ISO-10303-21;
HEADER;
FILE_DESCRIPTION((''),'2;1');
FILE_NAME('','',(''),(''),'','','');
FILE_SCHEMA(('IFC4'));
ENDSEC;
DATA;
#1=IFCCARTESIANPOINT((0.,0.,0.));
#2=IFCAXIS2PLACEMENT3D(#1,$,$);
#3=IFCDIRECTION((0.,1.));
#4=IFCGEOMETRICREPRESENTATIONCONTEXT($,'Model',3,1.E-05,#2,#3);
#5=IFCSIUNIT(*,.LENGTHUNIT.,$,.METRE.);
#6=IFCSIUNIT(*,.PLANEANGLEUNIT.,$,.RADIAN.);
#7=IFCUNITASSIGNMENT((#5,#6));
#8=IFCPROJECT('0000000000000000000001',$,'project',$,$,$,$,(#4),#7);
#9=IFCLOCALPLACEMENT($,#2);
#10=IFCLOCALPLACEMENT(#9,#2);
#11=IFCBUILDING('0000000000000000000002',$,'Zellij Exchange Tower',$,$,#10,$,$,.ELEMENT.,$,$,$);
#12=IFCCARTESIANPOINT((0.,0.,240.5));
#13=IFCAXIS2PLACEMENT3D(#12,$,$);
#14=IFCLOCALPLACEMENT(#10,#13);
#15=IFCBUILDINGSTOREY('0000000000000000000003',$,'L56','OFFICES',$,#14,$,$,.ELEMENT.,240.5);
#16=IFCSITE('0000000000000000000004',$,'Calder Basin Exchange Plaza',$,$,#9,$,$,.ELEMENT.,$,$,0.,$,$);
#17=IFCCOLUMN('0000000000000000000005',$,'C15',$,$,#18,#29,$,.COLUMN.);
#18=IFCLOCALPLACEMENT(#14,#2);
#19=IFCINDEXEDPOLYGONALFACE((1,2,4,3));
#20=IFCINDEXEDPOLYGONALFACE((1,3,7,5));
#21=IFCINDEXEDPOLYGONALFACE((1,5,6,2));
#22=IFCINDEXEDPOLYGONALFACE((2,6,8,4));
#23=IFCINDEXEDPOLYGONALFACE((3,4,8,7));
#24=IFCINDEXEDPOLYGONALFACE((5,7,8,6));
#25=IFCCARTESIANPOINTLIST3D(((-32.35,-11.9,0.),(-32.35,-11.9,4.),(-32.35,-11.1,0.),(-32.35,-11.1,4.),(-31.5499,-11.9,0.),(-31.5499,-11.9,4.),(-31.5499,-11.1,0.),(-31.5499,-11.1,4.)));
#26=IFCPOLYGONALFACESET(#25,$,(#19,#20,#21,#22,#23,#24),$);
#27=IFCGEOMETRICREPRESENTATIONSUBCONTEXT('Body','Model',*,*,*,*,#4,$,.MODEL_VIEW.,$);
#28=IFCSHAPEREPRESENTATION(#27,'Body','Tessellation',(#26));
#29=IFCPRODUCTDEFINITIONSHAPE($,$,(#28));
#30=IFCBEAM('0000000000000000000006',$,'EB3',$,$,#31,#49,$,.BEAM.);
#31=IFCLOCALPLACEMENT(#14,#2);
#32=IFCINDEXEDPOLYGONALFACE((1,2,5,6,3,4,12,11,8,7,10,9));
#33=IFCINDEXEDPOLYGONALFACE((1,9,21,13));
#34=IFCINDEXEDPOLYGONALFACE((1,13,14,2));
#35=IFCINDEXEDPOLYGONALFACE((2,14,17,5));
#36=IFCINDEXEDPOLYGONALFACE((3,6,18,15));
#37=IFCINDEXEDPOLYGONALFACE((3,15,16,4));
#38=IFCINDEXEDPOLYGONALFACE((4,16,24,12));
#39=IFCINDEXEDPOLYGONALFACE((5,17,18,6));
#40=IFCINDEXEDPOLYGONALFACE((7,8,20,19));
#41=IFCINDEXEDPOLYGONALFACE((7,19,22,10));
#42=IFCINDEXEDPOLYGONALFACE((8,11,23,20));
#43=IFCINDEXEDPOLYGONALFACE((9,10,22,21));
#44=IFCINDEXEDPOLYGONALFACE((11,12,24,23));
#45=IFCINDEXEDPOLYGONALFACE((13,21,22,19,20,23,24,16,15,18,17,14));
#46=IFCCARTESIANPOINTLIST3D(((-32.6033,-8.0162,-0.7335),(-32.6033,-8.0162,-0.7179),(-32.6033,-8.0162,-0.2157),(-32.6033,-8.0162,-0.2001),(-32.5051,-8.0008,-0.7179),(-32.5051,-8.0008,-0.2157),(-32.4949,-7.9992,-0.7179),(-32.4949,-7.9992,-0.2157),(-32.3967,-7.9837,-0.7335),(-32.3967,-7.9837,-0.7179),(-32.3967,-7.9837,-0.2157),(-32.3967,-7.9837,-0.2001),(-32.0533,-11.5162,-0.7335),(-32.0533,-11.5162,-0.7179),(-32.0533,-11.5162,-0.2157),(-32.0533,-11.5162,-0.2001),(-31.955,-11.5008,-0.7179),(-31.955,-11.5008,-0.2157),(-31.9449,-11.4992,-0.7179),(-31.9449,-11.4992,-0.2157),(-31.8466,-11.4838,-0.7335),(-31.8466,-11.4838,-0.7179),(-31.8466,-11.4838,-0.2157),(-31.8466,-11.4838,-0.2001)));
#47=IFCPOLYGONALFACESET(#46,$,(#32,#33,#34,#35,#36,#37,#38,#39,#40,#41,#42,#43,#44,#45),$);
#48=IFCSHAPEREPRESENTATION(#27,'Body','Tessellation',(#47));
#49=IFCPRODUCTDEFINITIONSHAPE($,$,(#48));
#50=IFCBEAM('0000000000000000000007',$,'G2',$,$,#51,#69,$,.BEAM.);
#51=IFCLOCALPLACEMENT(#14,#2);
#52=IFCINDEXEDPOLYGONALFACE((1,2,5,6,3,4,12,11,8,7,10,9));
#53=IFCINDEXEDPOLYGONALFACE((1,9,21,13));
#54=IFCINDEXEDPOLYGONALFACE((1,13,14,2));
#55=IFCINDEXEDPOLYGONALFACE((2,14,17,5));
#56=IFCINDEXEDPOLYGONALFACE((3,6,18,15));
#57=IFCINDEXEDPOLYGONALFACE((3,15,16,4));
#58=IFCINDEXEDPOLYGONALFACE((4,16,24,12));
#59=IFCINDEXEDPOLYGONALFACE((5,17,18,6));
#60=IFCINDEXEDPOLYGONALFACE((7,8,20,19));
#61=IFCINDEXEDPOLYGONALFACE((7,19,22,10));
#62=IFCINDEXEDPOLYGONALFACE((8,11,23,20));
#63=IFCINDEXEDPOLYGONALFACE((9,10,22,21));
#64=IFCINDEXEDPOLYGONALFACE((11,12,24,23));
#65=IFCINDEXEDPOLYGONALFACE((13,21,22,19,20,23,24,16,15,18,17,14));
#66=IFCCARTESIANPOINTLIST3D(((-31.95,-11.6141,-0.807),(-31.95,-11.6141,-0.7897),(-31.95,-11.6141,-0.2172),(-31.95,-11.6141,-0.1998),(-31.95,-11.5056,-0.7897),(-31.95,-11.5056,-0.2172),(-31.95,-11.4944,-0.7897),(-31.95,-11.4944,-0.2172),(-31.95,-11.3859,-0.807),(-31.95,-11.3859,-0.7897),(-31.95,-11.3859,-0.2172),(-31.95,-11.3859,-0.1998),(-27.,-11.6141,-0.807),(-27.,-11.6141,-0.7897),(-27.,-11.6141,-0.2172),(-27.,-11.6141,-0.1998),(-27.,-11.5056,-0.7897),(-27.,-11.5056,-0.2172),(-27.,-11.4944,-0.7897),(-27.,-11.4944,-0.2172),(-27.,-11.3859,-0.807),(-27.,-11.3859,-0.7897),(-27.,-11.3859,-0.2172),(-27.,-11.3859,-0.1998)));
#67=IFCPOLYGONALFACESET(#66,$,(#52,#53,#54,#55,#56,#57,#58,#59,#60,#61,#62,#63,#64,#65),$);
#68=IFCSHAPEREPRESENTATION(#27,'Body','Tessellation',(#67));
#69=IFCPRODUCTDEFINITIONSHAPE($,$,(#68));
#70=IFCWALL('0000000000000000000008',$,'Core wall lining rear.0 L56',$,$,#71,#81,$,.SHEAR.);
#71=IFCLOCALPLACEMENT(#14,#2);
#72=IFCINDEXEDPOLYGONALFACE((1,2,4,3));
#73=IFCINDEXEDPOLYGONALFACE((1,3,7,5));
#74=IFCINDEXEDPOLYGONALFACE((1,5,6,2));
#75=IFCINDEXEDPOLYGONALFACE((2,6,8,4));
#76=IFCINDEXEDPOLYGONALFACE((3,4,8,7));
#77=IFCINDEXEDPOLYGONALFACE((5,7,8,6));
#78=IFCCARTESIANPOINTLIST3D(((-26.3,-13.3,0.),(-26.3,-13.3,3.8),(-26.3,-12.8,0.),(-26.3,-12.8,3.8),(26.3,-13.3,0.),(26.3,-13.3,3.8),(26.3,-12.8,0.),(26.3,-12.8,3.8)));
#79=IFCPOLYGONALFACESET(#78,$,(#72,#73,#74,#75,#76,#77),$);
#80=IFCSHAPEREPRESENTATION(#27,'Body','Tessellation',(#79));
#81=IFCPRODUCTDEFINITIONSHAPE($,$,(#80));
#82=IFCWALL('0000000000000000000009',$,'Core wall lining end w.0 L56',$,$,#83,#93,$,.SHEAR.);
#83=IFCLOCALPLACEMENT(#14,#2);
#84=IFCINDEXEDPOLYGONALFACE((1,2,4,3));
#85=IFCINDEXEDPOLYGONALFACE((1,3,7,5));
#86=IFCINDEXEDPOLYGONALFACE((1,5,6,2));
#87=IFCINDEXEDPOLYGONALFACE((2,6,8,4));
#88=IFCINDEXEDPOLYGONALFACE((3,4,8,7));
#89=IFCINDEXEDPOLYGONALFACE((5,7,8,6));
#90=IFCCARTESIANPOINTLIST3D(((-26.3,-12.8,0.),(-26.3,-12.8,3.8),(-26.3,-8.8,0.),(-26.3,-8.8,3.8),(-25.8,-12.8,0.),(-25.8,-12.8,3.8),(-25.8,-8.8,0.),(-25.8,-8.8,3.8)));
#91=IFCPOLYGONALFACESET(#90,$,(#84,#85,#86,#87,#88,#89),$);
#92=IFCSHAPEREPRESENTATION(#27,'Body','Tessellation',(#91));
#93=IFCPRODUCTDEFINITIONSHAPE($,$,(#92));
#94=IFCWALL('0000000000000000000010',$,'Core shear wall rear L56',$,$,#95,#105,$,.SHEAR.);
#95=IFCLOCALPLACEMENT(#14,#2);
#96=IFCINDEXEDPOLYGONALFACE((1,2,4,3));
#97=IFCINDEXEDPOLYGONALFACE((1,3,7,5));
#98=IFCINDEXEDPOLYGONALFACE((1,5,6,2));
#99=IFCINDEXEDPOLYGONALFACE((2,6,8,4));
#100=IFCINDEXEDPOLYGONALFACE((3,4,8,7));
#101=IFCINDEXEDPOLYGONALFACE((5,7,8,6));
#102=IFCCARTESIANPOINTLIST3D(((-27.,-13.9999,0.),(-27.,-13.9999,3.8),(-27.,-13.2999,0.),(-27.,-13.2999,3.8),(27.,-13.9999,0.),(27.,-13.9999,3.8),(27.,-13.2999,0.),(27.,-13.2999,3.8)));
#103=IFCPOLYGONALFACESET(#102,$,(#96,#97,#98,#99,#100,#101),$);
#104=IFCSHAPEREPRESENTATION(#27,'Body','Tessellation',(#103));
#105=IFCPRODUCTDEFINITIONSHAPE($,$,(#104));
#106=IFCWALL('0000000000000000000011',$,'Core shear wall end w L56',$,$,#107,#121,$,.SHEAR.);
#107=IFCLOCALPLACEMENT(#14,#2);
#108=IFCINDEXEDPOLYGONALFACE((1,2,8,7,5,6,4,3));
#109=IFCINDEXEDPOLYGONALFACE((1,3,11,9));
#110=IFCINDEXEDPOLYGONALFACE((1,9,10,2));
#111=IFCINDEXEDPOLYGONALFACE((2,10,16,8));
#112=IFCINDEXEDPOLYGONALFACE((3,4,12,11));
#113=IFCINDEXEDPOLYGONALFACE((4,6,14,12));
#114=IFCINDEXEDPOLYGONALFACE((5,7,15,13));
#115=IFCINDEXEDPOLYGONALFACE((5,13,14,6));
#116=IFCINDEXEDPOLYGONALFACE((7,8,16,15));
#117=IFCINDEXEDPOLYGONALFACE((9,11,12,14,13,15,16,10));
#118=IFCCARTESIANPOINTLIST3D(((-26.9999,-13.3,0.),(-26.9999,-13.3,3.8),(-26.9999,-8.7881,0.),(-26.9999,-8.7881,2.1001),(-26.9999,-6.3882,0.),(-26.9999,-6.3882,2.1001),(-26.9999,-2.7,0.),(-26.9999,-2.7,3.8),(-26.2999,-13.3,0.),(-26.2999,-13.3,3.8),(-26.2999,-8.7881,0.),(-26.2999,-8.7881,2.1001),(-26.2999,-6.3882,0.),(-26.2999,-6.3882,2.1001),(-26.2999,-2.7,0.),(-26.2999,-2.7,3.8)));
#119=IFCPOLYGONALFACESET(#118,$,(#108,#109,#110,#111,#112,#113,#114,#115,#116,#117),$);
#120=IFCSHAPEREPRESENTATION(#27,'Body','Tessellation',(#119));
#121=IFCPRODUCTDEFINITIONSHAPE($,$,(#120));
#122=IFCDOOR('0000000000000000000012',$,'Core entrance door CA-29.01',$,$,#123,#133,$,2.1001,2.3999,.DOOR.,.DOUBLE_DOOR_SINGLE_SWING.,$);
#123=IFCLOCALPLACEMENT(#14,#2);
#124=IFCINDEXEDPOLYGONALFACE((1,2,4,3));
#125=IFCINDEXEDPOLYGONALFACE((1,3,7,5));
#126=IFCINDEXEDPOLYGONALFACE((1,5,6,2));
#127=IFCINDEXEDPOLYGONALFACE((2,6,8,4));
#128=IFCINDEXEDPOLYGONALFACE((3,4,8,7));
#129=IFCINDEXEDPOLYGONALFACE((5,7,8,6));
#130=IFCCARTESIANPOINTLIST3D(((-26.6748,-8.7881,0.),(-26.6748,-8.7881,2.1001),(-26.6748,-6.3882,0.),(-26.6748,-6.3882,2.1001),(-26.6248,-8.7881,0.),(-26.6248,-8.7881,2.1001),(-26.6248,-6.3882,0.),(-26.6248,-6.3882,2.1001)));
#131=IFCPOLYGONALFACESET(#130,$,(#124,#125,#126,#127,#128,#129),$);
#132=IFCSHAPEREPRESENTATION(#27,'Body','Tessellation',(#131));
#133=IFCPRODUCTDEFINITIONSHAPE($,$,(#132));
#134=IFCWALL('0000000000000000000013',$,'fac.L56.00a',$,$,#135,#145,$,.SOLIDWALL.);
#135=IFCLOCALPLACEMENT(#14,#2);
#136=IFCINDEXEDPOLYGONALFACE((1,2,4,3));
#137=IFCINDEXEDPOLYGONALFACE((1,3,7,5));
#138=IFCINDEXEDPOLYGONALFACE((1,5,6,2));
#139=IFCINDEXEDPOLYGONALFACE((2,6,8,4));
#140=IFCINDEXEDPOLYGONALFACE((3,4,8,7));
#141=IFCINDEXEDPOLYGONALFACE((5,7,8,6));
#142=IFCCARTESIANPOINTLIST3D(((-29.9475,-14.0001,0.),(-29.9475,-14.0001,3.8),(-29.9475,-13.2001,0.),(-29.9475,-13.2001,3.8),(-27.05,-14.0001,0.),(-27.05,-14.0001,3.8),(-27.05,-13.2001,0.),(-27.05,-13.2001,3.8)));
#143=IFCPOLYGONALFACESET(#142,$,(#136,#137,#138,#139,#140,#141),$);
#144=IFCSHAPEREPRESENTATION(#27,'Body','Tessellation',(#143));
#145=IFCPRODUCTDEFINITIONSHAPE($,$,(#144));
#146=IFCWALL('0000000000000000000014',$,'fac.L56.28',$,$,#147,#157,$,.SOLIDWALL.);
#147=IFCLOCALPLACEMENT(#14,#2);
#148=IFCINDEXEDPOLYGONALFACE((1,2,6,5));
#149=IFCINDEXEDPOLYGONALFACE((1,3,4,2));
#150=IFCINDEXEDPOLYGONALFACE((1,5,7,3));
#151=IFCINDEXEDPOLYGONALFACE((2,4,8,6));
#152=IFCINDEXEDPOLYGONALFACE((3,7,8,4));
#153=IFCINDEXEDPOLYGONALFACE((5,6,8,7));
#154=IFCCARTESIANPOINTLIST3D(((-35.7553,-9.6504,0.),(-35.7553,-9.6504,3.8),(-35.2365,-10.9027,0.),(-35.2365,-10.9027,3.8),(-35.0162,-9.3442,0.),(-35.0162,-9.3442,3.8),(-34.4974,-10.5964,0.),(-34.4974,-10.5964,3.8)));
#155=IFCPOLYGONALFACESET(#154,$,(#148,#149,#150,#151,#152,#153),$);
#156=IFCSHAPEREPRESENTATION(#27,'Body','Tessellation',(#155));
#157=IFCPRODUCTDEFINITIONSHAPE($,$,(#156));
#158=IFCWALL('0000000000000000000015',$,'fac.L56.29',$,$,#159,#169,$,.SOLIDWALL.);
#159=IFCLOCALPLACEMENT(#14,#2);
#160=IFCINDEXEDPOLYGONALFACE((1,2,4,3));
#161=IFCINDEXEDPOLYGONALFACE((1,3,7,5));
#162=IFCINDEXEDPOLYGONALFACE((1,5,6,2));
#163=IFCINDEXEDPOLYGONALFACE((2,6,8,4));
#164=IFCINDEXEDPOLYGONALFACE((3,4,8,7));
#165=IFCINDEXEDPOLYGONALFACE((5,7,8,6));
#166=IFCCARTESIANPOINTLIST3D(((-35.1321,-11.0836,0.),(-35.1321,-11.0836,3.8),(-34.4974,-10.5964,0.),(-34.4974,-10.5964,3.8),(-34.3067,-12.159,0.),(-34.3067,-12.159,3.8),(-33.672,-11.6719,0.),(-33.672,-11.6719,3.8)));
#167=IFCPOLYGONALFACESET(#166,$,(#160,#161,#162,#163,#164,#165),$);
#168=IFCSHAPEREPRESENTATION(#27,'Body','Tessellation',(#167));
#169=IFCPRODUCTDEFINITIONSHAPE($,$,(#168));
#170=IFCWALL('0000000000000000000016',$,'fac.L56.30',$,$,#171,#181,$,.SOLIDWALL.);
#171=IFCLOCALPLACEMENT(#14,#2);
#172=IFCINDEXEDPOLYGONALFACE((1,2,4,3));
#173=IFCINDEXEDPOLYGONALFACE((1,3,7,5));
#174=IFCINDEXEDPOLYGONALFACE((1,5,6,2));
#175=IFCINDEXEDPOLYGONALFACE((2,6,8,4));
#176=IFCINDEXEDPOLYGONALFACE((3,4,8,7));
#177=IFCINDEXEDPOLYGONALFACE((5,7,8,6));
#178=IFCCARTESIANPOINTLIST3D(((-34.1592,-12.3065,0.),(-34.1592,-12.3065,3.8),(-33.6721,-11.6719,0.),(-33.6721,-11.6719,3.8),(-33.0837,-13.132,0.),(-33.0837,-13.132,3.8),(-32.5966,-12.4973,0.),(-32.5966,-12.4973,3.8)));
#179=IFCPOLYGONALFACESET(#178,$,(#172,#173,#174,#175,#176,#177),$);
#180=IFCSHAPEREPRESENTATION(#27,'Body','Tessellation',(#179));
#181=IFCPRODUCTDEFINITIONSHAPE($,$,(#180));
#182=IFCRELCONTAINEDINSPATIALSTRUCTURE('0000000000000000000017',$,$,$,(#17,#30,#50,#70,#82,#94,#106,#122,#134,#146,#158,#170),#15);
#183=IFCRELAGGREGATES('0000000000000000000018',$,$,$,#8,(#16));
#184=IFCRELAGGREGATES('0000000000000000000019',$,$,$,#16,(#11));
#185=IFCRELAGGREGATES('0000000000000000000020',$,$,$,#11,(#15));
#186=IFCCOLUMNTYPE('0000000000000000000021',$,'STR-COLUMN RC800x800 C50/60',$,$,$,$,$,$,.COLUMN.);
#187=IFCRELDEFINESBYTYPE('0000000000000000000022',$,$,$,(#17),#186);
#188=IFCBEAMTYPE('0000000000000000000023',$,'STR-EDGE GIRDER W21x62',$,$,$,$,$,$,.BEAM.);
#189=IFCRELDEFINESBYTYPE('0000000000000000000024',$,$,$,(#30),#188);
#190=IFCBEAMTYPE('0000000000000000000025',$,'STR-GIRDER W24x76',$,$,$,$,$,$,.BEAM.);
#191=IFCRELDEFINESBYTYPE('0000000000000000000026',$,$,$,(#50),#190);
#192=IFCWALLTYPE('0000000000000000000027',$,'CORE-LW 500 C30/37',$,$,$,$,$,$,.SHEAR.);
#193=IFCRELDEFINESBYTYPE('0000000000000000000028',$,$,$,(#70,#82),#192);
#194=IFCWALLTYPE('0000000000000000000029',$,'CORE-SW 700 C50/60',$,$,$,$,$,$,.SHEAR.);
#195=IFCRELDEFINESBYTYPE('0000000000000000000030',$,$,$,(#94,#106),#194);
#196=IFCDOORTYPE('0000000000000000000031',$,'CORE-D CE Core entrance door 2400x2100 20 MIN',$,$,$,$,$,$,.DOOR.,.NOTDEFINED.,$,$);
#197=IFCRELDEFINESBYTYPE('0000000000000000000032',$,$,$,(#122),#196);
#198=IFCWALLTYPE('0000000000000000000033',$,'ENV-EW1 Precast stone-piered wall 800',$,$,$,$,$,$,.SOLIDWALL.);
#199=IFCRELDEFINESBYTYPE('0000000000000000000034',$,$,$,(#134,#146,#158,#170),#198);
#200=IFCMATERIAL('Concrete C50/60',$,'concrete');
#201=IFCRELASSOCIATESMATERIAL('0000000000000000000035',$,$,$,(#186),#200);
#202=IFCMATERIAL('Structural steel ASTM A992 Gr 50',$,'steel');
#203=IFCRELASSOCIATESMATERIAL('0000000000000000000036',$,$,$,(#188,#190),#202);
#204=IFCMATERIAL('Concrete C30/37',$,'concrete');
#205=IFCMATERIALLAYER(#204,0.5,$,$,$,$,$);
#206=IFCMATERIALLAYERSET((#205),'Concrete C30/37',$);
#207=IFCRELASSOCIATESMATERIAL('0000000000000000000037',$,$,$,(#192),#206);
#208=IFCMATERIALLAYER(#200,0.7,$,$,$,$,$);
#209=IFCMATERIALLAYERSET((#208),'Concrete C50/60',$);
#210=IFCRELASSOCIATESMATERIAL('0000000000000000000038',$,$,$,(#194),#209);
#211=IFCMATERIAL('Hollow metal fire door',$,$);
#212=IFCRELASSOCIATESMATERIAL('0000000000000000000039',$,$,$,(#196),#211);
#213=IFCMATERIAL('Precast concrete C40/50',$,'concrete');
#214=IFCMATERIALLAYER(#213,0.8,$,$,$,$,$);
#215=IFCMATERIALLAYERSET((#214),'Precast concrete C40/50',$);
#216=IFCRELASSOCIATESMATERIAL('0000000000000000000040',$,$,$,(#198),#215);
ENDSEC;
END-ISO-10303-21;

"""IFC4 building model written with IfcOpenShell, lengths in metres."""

from ifc_helpers import new_model, si_unit, direction, frame, frame_2d, origin, origin_2d, place, context, subcontext, project, spatial, rectangle, i_section, extrude, material, layer, layer_set, material_profile, profile_set, type_object, element, fill, save


model = new_model("IFC4")

# Units and contexts
model_context = context("Model", 3, precision=1e-05, world=origin(), true_north=direction((0.0, 1.0)))
body_context = subcontext(model_context, "Body", "Model", "MODEL_VIEW")
ifc_project = project(units=[si_unit("LENGTHUNIT", "METRE"), si_unit("PLANEANGLEUNIT", "RADIAN")], contexts=[model_context])

# Site, building, storey
site_placement = place(None, origin())
site = spatial("IfcSite", under=ifc_project, at=site_placement, Name="Calder Basin Exchange Plaza", CompositionType="ELEMENT", RefElevation=0.0)
building_placement = place(site_placement, origin())
building = spatial("IfcBuilding", under=site, at=building_placement, Name="Zellij Exchange Tower", CompositionType="ELEMENT")
storey_placement = place(building_placement, frame((0.0, 0.0, 240.5)))
storey = spatial("IfcBuildingStorey", under=building, at=storey_placement, Name="L56", Description="OFFICES", CompositionType="ELEMENT", Elevation=240.5)

# Column
ifc_material_1 = material(Name="Concrete C50/60", Category="concrete")
ifc_material_profile_1 = material_profile(ifc_material_1, rectangle(XDim=0.8, YDim=0.8, at=origin_2d()), Name="STR-COLUMN RC800x800 C50/60")
ifc_profile_set_1 = profile_set([ifc_material_profile_1], Name="Concrete C50/60")
column_type = type_object("IfcColumnType", Name="STR-COLUMN RC800x800 C50/60", PredefinedType="COLUMN", material=ifc_profile_set_1)
column_placement = place(storey_placement, frame((-31.95, -11.5, 0.0), z_axis=(0.0, 0.0, 1.0), x_axis=(1.0, 0.0, 0.0)))
element("IfcColumn", 1, at=column_placement, inside=storey, type_object=column_type, Name="C15", PredefinedType="COLUMN", context=body_context, shape_type="SweptSolid", body=[
    extrude(rectangle(XDim=0.8, YDim=0.8, at=origin_2d()), origin(), (0.0, 0.0, 1.0), 4.0),
])

# Beams
ifc_material_2 = material(Name="Structural steel ASTM A992 Gr 50", Category="steel")
ifc_material_profile_2 = material_profile(ifc_material_2, i_section(OverallWidth=0.2092, OverallDepth=0.5334, WebThickness=0.0103, FlangeThickness=0.0156, at=origin_2d()), Name="W21x62")
ifc_profile_set_2 = profile_set([ifc_material_profile_2], Name="Structural steel ASTM A992 Gr 50")
beam_type_1 = type_object("IfcBeamType", Name="STR-EDGE GIRDER W21x62", PredefinedType="BEAM", material=ifc_profile_set_2)
beam_1_placement = place(storey_placement, frame((-31.95, -11.5, -0.4668), z_axis=(-0.155251, 0.987875, 0.0), x_axis=(-0.987875, -0.155251, 0.0)))
element("IfcBeam", 2, at=beam_1_placement, inside=storey, type_object=beam_type_1, Name="EB3", PredefinedType="BEAM", context=body_context, shape_type="SweptSolid", body=[
    extrude(i_section(OverallWidth=0.2092, OverallDepth=0.5334, WebThickness=0.0103, FlangeThickness=0.0156, at=origin_2d()), origin(), (0.0, 0.0, 1.0), 3.543),
])
ifc_material_profile_3 = material_profile(ifc_material_2, i_section(OverallWidth=0.2283, OverallDepth=0.6072, WebThickness=0.0112, FlangeThickness=0.0173, at=origin_2d()), Name="W24x76")
ifc_profile_set_3 = profile_set([ifc_material_profile_3], Name="Structural steel ASTM A992 Gr 50")
beam_type_2 = type_object("IfcBeamType", Name="STR-GIRDER W24x76", PredefinedType="BEAM", material=ifc_profile_set_3)
beam_2_placement = place(storey_placement, frame((-31.95, -11.5, -0.5034), z_axis=(1.0, 0.0, 0.0), x_axis=(0.0, 1.0, 0.0)))
element("IfcBeam", 3, at=beam_2_placement, inside=storey, type_object=beam_type_2, Name="G2", PredefinedType="BEAM", context=body_context, shape_type="SweptSolid", body=[
    extrude(i_section(OverallWidth=0.2283, OverallDepth=0.6072, WebThickness=0.0112, FlangeThickness=0.0173, at=origin_2d()), origin(), (0.0, 0.0, 1.0), 4.95),
])

# Walls
ifc_material_3 = material(Name="Concrete C30/37", Category="concrete")
ifc_layer_1 = layer(ifc_material_3, 0.5)
ifc_layer_set_1 = layer_set([ifc_layer_1], Name="Concrete C30/37")
wall_type_1 = type_object("IfcWallType", Name="CORE-LW 500 C30/37", PredefinedType="SHEAR", material=ifc_layer_set_1)
wall_1_placement = place(storey_placement, frame((-26.3, -13.05, 0.0), z_axis=(0.0, 0.0, 1.0), x_axis=(1.0, 0.0, 0.0)))
element("IfcWall", 4, at=wall_1_placement, inside=storey, type_object=wall_type_1, Name="Core wall lining rear.0 L56", PredefinedType="SHEAR", context=body_context, shape_type="SweptSolid", body=[
    extrude(rectangle(XDim=52.6001, YDim=0.5, at=frame_2d((26.3, 0.0))), origin(), (0.0, 0.0, 1.0), 3.8),
])
wall_2_placement = place(storey_placement, frame((-26.05, -12.8, 0.0), z_axis=(0.0, 0.0, 1.0), x_axis=(0.0, 1.0, 0.0)))
element("IfcWall", 5, at=wall_2_placement, inside=storey, type_object=wall_type_1, Name="Core wall lining end w.0 L56", PredefinedType="SHEAR", context=body_context, shape_type="SweptSolid", body=[
    extrude(rectangle(XDim=4.0, YDim=0.5, at=frame_2d((2.0, 0.0))), origin(), (0.0, 0.0, 1.0), 3.8),
])
ifc_layer_2 = layer(ifc_material_1, 0.7)
ifc_layer_set_2 = layer_set([ifc_layer_2], Name="Concrete C50/60")
wall_type_2 = type_object("IfcWallType", Name="CORE-SW 700 C50/60", PredefinedType="SHEAR", material=ifc_layer_set_2)
wall_3_placement = place(storey_placement, frame((-27.0, -13.6499, 0.0), z_axis=(0.0, 0.0, 1.0), x_axis=(1.0, 0.0, 0.0)))
element("IfcWall", 6, at=wall_3_placement, inside=storey, type_object=wall_type_2, Name="Core shear wall rear L56", PredefinedType="SHEAR", context=body_context, shape_type="SweptSolid", body=[
    extrude(rectangle(XDim=54.0, YDim=0.7, at=frame_2d((27.0, 0.0))), origin(), (0.0, 0.0, 1.0), 3.8),
])

# Wall, opening, door
wall_4_placement = place(storey_placement, frame((-26.6499, -13.3, 0.0), z_axis=(0.0, 0.0, 1.0), x_axis=(0.0, 1.0, 0.0)))
wall_4 = element("IfcWall", 7, at=wall_4_placement, inside=storey, type_object=wall_type_2, Name="Core shear wall end w L56", PredefinedType="SHEAR", context=body_context, shape_type="SweptSolid", body=[
    extrude(rectangle(XDim=10.6001, YDim=0.7, at=frame_2d((5.3, 0.0))), origin(), (0.0, 0.0, 1.0), 3.8),
])
opening_1_placement = place(wall_4_placement, frame((4.512, 0.0, 0.0)))
opening_1 = element("IfcOpeningElement", 8, at=opening_1_placement, cuts=wall_4, PredefinedType="OPENING", context=body_context, shape_type="SweptSolid", body=[
    extrude(rectangle(XDim=2.3999, YDim=2.1001, at=frame_2d((1.2, 1.05))), frame((0.0, 0.3618, 0.0), z_axis=(0.0, -1.0, 0.0), x_axis=(1.0, 0.0, 0.0)), (0.0, 0.0, 1.0), 0.7239),
])
ifc_material_4 = material(Name="Hollow metal fire door")
door_type_1 = type_object("IfcDoorType", Name="CORE-D CE Core entrance door 2400x2100 20 MIN", OperationType="NOTDEFINED", PredefinedType="DOOR", material=ifc_material_4)
door_1_placement = place(opening_1_placement, origin())
door_1 = element("IfcDoor", 9, at=door_1_placement, inside=storey, type_object=door_type_1, Name="Core entrance door CA-29.01", OperationType="DOUBLE_DOOR_SINGLE_SWING", OverallHeight=2.1001, OverallWidth=2.3999, PredefinedType="DOOR", context=body_context, shape_type="SweptSolid", body=[
    extrude(rectangle(XDim=2.3999, YDim=2.1001, at=frame_2d((1.2, 1.05))), frame((0.0, 0.0249, 0.0), z_axis=(0.0, -1.0, 0.0), x_axis=(1.0, 0.0, 0.0)), (0.0, 0.0, 1.0), 0.05),
])
fill(opening_1, door_1)

# Walls
ifc_material_5 = material(Name="Precast concrete C40/50", Category="concrete")
ifc_layer_3 = layer(ifc_material_5, 0.8)
ifc_layer_set_3 = layer_set([ifc_layer_3], Name="Precast concrete C40/50")
wall_type_3 = type_object("IfcWallType", Name="ENV-EW1 Precast stone-piered wall 800", PredefinedType="SOLIDWALL", material=ifc_layer_set_3)
wall_5_placement = place(storey_placement, frame((-29.9475, -13.6001, 0.0), z_axis=(0.0, 0.0, 1.0), x_axis=(1.0, 0.0, 0.0)))
element("IfcWall", 10, at=wall_5_placement, inside=storey, type_object=wall_type_3, Name="fac.L56.00a", PredefinedType="SOLIDWALL", context=body_context, shape_type="SweptSolid", body=[
    extrude(rectangle(XDim=2.8975, YDim=0.8, at=frame_2d((1.4487, 0.0))), origin(), (0.0, 0.0, 1.0), 3.8),
])
wall_6_placement = place(storey_placement, frame((-35.3857, -9.4973, 0.0), z_axis=(0.0, 0.0, 1.0), x_axis=(0.38276, -0.923848, 0.0)))
element("IfcWall", 11, at=wall_6_placement, inside=storey, type_object=wall_type_3, Name="fac.L56.28", PredefinedType="SOLIDWALL", context=body_context, shape_type="SweptSolid", body=[
    extrude(rectangle(XDim=1.3555, YDim=0.8, at=frame_2d((0.6777, 0.0))), origin(), (0.0, 0.0, 1.0), 3.8),
])
for number, where, z_axis, x_axis, name in (
    (12, (-34.8147, -10.8401, 0.0), (0.0, 0.0, 1.0), (0.608866, -0.793273, 0.0), "fac.L56.29"),
    (13, (-33.9155, -11.9893, 0.0), (0.0, 0.0, 1.0), (0.793273, -0.608866, 0.0), "fac.L56.30"),
):
    element("IfcWall", number, at=place(storey_placement, frame(where, z_axis=z_axis, x_axis=x_axis)), inside=storey, type_object=wall_type_3, Name=name, PredefinedType="SOLIDWALL", context=body_context, shape_type="SweptSolid", body=[
        extrude(rectangle(XDim=1.3557, YDim=0.8, at=frame_2d((0.6777, 0.0))), origin(), (0.0, 0.0, 1.0), 3.8),
    ])

save(model, "model.ifc")
